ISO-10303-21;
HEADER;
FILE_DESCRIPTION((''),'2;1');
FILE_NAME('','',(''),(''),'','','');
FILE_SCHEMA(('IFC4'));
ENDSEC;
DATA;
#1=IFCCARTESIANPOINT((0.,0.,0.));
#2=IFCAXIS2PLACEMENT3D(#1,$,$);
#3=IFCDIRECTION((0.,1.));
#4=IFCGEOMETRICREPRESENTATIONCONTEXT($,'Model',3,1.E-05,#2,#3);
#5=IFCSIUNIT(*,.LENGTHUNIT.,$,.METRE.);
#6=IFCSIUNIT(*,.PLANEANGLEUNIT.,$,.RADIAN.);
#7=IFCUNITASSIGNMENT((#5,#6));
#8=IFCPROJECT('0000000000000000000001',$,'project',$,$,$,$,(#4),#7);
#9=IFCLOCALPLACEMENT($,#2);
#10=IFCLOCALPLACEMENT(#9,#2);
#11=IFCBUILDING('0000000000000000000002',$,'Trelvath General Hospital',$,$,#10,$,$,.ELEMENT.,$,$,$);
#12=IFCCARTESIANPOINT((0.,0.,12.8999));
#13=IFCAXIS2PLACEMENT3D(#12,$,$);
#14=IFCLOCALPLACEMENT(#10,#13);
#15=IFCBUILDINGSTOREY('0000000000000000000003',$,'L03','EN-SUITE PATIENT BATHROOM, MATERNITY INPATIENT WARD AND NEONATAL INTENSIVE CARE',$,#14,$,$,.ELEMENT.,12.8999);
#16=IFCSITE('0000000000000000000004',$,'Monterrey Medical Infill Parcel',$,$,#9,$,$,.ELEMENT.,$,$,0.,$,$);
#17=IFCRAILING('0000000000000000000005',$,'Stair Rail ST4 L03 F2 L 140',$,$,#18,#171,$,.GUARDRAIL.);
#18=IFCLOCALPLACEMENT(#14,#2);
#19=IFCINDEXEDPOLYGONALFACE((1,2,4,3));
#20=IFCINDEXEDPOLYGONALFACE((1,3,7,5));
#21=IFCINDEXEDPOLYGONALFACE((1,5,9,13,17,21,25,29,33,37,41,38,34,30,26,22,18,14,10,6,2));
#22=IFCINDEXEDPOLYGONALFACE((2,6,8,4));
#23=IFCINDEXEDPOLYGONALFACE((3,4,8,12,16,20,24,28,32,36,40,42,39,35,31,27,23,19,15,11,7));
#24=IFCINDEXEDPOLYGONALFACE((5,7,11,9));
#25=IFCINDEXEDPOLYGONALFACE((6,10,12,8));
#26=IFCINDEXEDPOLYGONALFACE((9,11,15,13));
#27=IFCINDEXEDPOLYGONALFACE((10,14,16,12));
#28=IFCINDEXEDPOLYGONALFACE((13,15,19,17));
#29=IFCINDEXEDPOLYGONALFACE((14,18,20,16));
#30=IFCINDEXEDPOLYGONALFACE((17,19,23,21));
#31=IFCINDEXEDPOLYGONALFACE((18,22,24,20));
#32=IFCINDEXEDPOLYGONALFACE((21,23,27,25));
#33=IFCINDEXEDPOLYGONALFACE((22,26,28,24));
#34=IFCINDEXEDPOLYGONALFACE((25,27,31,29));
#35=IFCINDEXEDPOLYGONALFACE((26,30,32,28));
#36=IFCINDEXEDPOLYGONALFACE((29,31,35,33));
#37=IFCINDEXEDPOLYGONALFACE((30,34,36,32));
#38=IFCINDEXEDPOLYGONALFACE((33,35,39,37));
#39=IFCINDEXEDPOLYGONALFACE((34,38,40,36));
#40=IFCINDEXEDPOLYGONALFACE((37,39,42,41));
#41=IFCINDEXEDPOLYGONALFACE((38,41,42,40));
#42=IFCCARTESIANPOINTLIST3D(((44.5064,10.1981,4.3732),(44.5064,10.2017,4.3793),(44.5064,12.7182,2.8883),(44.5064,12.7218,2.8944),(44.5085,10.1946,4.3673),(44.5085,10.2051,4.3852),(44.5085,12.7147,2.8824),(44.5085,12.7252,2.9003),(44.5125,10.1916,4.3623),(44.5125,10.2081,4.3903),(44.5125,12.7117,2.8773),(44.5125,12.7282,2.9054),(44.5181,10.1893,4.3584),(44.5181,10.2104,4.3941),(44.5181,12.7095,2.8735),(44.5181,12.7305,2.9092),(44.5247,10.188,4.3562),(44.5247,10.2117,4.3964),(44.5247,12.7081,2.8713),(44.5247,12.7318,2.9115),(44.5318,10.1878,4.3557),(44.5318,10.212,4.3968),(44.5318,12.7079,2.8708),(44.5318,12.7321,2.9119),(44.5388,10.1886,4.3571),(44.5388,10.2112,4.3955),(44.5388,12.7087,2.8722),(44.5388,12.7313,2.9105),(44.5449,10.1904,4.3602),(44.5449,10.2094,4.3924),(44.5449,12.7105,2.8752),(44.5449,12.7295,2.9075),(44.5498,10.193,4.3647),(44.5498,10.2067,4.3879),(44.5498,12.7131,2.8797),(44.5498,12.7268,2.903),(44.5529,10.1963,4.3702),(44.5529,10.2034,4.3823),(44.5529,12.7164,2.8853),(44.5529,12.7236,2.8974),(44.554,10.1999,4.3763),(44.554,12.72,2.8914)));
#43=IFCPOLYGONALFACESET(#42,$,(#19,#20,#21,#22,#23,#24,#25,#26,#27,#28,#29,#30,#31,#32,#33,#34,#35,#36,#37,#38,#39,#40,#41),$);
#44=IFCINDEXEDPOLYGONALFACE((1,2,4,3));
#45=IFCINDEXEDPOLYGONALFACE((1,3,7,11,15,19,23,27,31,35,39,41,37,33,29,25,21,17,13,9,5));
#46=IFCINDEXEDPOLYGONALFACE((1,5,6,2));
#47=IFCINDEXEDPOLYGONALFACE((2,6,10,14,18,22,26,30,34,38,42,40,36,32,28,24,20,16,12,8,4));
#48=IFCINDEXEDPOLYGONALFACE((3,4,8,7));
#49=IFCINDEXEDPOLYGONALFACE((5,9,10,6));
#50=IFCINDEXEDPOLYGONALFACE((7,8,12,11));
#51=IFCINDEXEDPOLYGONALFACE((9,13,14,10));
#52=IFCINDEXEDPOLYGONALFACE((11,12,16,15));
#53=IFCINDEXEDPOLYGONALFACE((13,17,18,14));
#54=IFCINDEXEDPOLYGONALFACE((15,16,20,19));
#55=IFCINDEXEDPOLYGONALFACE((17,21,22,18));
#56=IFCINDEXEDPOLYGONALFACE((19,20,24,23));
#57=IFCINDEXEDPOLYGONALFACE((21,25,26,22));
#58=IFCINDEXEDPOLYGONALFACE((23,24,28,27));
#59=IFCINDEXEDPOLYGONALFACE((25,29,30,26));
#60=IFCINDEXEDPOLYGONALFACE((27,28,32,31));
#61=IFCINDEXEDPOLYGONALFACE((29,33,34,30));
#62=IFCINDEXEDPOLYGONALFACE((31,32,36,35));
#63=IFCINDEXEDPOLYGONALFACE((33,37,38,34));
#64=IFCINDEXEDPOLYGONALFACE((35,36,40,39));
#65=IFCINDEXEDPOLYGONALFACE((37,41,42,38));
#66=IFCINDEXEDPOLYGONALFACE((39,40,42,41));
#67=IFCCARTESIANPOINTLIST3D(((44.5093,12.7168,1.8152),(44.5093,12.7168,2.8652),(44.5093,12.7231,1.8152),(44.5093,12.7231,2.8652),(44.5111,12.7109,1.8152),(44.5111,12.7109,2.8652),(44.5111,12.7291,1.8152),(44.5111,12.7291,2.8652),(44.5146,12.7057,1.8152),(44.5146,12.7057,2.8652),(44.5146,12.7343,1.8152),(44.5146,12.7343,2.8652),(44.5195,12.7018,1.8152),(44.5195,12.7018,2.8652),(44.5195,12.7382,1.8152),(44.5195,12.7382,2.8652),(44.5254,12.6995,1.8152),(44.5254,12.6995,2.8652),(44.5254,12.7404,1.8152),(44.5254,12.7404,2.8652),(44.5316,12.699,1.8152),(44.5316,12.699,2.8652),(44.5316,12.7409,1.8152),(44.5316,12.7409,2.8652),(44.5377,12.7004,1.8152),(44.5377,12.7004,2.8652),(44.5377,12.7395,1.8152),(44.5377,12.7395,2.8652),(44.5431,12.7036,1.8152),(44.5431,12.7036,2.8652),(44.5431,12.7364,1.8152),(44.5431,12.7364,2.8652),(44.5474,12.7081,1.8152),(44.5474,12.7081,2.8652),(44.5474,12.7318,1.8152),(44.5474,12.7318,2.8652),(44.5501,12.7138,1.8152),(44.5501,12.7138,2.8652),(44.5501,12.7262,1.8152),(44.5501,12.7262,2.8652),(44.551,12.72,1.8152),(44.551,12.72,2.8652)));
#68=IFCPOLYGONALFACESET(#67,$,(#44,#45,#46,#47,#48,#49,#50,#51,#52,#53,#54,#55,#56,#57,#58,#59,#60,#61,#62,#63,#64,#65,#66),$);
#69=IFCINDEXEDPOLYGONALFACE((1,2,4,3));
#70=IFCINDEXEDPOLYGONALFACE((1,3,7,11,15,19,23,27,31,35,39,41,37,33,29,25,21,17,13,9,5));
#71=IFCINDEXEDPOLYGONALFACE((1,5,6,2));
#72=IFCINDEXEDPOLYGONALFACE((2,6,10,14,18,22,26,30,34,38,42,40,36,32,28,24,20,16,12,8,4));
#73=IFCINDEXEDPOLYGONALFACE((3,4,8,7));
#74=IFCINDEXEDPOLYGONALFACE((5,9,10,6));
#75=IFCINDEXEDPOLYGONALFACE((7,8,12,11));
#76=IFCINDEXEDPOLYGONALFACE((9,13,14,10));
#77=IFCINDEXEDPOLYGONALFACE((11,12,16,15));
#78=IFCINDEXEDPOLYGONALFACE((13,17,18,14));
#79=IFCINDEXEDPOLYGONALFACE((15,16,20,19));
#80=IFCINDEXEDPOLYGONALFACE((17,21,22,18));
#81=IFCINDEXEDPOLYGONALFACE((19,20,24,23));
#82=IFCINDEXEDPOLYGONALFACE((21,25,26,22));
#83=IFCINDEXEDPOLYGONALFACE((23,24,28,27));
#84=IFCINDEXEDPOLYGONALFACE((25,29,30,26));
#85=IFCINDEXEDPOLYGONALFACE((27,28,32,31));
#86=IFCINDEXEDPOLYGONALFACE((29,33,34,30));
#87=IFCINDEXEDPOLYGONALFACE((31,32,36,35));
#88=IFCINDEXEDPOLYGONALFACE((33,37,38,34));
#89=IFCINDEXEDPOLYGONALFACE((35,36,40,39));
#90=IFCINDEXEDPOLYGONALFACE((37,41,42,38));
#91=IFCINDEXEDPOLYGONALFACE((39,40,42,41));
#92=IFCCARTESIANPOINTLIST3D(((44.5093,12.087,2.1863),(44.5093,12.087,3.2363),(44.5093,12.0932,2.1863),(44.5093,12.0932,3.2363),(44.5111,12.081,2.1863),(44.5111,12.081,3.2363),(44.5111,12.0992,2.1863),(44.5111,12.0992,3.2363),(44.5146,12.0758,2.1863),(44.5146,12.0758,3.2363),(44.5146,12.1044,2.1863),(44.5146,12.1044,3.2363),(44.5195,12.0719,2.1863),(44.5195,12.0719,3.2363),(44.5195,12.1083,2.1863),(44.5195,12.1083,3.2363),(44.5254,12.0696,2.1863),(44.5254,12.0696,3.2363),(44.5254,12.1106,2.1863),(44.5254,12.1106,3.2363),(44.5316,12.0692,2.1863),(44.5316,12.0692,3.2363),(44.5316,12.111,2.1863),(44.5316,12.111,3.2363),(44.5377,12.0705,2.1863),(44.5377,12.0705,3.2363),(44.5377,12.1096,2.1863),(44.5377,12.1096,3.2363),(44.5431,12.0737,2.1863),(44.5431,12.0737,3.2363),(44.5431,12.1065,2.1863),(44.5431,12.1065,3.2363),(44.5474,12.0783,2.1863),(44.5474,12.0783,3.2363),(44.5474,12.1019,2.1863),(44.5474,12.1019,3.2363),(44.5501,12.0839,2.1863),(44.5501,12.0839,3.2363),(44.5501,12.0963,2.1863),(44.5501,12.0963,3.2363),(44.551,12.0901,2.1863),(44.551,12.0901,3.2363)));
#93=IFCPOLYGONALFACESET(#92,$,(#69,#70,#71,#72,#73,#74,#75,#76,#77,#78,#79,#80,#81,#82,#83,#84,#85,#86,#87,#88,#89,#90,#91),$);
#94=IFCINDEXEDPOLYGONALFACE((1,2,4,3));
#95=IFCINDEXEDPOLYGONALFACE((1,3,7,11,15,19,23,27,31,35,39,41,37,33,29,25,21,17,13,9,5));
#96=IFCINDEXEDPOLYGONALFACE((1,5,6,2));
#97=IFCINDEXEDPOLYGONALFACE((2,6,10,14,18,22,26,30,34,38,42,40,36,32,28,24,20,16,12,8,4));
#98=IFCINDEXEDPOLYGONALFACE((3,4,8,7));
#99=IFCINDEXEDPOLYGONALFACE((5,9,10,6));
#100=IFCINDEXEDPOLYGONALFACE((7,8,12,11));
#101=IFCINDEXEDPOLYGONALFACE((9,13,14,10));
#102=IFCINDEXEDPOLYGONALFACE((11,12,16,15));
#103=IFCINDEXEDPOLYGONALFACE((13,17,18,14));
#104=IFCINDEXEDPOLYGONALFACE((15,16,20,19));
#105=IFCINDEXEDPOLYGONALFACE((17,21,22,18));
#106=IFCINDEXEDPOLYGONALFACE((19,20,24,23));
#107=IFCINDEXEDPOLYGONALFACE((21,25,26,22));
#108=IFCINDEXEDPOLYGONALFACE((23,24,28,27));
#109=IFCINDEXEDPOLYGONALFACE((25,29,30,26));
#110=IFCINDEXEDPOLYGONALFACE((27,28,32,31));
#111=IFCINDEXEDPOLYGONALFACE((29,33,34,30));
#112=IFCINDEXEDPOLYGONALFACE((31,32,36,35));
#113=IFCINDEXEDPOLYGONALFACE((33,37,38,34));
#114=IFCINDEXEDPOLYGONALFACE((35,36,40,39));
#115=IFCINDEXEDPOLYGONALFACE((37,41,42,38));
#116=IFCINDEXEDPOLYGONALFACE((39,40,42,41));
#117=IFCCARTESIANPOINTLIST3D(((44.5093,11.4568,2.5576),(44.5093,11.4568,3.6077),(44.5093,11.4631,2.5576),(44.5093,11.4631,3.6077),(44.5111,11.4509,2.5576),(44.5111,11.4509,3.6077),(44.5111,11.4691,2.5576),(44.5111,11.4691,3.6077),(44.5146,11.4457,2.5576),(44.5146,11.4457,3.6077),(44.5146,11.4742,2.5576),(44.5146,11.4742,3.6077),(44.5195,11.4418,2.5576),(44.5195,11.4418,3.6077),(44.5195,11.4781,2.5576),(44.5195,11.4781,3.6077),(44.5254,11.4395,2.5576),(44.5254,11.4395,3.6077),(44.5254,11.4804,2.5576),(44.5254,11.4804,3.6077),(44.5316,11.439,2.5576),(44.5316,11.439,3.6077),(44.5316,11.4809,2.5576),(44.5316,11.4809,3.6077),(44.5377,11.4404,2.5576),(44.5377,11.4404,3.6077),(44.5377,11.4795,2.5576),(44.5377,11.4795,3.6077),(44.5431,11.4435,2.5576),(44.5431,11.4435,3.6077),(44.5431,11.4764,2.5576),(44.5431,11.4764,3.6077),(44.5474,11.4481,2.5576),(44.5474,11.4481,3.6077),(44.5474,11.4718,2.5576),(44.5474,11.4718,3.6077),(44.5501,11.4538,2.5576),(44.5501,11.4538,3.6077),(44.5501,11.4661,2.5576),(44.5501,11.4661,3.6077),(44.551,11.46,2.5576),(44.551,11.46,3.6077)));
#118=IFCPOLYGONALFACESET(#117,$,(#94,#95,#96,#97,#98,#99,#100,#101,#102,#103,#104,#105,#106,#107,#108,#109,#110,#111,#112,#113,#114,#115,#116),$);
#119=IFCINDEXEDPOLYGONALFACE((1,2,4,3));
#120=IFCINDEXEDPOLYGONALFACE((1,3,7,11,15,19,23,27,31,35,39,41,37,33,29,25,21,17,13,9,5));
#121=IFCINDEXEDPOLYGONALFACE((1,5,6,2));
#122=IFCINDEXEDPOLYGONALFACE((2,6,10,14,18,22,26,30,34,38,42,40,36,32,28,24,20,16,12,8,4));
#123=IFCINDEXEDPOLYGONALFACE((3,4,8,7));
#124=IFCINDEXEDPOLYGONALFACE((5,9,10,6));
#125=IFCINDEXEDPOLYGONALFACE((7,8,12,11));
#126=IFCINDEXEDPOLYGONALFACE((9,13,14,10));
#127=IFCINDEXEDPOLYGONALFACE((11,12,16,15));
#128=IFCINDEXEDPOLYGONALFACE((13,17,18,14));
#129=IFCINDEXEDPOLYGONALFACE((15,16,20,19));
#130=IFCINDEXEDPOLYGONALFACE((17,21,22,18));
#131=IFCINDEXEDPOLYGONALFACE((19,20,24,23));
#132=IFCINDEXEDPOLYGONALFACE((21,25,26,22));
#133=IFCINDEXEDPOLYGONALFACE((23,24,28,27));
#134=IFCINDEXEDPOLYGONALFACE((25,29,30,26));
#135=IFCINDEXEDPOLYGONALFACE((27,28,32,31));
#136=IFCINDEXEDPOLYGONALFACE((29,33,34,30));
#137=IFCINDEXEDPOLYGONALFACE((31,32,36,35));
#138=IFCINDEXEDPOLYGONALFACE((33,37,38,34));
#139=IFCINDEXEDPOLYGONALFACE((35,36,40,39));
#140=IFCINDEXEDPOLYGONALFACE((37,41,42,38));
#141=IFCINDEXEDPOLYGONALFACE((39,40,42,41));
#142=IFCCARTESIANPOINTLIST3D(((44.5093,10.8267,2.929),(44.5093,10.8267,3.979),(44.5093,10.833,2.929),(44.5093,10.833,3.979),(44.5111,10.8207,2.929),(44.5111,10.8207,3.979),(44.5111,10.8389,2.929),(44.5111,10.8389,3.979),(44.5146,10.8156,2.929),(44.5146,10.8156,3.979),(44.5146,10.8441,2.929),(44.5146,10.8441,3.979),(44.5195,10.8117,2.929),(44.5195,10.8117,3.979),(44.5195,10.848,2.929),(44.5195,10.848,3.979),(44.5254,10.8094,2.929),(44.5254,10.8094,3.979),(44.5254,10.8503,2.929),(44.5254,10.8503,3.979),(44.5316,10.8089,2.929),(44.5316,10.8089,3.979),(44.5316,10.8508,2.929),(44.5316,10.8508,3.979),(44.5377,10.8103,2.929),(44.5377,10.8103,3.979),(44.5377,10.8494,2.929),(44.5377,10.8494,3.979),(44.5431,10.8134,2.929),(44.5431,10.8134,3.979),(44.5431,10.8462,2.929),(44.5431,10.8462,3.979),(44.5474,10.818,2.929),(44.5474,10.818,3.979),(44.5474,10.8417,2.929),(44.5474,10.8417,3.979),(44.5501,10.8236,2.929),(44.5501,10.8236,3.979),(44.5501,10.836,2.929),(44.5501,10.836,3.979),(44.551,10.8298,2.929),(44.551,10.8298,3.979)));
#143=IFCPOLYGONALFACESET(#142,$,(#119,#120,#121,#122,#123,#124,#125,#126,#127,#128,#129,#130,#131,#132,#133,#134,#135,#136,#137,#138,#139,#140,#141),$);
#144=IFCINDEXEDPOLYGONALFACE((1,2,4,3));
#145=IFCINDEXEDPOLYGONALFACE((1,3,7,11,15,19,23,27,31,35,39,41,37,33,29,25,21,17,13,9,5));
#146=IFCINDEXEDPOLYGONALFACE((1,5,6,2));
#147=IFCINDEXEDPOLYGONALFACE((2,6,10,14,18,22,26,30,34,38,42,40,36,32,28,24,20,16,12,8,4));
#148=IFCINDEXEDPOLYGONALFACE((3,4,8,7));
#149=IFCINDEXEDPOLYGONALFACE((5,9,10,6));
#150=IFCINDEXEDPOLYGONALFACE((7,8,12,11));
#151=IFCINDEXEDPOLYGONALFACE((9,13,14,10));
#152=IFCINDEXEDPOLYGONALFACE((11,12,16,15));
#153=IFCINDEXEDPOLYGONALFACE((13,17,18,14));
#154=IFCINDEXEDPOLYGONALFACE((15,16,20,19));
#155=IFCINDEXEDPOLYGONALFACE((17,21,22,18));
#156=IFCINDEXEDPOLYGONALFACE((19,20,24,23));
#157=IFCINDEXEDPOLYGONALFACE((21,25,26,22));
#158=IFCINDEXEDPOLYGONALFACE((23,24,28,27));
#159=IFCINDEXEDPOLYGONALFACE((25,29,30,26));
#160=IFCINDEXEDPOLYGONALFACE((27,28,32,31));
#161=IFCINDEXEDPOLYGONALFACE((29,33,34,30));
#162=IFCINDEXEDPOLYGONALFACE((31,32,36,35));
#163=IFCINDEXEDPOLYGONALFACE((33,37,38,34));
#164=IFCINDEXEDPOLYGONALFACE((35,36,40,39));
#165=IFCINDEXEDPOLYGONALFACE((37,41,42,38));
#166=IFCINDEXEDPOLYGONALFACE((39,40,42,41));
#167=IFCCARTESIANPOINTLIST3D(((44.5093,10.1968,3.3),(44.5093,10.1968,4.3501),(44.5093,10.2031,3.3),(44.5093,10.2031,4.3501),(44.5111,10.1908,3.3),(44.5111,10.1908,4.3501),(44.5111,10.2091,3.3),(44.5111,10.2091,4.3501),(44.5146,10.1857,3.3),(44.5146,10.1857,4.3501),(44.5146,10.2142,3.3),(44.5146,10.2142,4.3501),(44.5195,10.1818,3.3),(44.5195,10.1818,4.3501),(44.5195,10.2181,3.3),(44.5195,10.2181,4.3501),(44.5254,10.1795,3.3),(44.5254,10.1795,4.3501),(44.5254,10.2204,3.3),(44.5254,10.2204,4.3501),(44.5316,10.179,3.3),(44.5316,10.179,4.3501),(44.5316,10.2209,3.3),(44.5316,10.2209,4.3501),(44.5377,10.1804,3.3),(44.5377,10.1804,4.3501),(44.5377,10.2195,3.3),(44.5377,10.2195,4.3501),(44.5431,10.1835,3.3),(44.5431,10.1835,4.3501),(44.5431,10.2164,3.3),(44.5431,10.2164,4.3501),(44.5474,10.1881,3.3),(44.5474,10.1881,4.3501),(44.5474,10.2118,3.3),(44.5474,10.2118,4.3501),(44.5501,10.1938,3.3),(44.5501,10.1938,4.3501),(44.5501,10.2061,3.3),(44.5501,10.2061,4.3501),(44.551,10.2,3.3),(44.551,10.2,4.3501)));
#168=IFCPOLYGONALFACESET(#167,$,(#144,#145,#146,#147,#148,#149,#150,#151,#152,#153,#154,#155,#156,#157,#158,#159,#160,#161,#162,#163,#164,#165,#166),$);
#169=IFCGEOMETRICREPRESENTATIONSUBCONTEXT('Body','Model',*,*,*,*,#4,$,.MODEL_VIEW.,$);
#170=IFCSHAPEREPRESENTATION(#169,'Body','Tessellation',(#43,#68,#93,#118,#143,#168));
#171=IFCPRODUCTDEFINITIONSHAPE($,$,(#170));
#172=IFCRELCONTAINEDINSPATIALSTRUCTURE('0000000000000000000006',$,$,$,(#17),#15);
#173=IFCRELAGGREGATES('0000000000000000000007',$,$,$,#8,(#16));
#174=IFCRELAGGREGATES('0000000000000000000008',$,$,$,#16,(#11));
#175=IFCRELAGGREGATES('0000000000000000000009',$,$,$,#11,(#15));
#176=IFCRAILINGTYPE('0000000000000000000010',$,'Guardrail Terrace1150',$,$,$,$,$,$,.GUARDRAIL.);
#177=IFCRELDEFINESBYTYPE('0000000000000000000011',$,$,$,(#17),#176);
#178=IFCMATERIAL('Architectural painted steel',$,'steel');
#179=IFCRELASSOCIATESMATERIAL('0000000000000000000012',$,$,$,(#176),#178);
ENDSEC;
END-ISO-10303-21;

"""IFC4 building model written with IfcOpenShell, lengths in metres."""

from ifc_helpers import new_model, si_unit, direction, frame, origin, origin_2d, place, context, subcontext, project, spatial, circle, extrude, material, type_object, element, save


model = new_model("IFC4")

# Units and contexts
model_context = context("Model", 3, precision=1e-05, world=origin(), true_north=direction((0.0, 1.0)))
body_context = subcontext(model_context, "Body", "Model", "MODEL_VIEW")
ifc_project = project(units=[si_unit("LENGTHUNIT", "METRE"), si_unit("PLANEANGLEUNIT", "RADIAN")], contexts=[model_context])

# Site, building, storey
site_placement = place(None, origin())
site = spatial("IfcSite", under=ifc_project, at=site_placement, Name="Monterrey Medical Infill Parcel", CompositionType="ELEMENT", RefElevation=0.0)
building_placement = place(site_placement, origin())
building = spatial("IfcBuilding", under=site, at=building_placement, Name="Trelvath General Hospital", CompositionType="ELEMENT")
storey_placement = place(building_placement, frame((0.0, 0.0, 12.8999)))
storey = spatial("IfcBuildingStorey", under=building, at=storey_placement, Name="L03", Description="EN-SUITE PATIENT BATHROOM, MATERNITY INPATIENT WARD AND NEONATAL INTENSIVE CARE", CompositionType="ELEMENT", Elevation=12.8999)

# Railing
ifc_material_1 = material(Name="Architectural painted steel", Category="steel")
railing_type_1 = type_object("IfcRailingType", Name="Guardrail Terrace1150", PredefinedType="GUARDRAIL", material=ifc_material_1)
railing_1_placement = place(storey_placement, frame((44.53, 12.72, 1.8152)))
element("IfcRailing", 1, at=railing_1_placement, inside=storey, type_object=railing_type_1, Name="Stair Rail ST4 L03 F2 L 140", PredefinedType="GUARDRAIL", context=body_context, shape_type="SweptSolid", body=[
    extrude(circle(Radius=0.0239, at=origin_2d()), frame((0.0, 0.0, 1.0762), z_axis=(0.0, -0.861561, 0.507655), x_axis=(1.0, 0.0, 0.0)), (0.0, 0.0, 1.0), 2.925),
    extrude(circle(Radius=0.021, at=origin_2d()), origin(), (0.0, 0.0, 1.0), 1.05),
    extrude(circle(Radius=0.021, at=origin_2d()), frame((0.0, -0.6299, 0.3711)), (0.0, 0.0, 1.0), 1.05),
    extrude(circle(Radius=0.021, at=origin_2d()), frame((0.0, -1.26, 0.7424)), (0.0, 0.0, 1.0), 1.05),
    extrude(circle(Radius=0.021, at=origin_2d()), frame((0.0, -1.8901, 1.1138)), (0.0, 0.0, 1.0), 1.05),
    extrude(circle(Radius=0.021, at=origin_2d()), frame((0.0, -2.52, 1.4849)), (0.0, 0.0, 1.0), 1.05),
])

save(model, "model.ifc")
